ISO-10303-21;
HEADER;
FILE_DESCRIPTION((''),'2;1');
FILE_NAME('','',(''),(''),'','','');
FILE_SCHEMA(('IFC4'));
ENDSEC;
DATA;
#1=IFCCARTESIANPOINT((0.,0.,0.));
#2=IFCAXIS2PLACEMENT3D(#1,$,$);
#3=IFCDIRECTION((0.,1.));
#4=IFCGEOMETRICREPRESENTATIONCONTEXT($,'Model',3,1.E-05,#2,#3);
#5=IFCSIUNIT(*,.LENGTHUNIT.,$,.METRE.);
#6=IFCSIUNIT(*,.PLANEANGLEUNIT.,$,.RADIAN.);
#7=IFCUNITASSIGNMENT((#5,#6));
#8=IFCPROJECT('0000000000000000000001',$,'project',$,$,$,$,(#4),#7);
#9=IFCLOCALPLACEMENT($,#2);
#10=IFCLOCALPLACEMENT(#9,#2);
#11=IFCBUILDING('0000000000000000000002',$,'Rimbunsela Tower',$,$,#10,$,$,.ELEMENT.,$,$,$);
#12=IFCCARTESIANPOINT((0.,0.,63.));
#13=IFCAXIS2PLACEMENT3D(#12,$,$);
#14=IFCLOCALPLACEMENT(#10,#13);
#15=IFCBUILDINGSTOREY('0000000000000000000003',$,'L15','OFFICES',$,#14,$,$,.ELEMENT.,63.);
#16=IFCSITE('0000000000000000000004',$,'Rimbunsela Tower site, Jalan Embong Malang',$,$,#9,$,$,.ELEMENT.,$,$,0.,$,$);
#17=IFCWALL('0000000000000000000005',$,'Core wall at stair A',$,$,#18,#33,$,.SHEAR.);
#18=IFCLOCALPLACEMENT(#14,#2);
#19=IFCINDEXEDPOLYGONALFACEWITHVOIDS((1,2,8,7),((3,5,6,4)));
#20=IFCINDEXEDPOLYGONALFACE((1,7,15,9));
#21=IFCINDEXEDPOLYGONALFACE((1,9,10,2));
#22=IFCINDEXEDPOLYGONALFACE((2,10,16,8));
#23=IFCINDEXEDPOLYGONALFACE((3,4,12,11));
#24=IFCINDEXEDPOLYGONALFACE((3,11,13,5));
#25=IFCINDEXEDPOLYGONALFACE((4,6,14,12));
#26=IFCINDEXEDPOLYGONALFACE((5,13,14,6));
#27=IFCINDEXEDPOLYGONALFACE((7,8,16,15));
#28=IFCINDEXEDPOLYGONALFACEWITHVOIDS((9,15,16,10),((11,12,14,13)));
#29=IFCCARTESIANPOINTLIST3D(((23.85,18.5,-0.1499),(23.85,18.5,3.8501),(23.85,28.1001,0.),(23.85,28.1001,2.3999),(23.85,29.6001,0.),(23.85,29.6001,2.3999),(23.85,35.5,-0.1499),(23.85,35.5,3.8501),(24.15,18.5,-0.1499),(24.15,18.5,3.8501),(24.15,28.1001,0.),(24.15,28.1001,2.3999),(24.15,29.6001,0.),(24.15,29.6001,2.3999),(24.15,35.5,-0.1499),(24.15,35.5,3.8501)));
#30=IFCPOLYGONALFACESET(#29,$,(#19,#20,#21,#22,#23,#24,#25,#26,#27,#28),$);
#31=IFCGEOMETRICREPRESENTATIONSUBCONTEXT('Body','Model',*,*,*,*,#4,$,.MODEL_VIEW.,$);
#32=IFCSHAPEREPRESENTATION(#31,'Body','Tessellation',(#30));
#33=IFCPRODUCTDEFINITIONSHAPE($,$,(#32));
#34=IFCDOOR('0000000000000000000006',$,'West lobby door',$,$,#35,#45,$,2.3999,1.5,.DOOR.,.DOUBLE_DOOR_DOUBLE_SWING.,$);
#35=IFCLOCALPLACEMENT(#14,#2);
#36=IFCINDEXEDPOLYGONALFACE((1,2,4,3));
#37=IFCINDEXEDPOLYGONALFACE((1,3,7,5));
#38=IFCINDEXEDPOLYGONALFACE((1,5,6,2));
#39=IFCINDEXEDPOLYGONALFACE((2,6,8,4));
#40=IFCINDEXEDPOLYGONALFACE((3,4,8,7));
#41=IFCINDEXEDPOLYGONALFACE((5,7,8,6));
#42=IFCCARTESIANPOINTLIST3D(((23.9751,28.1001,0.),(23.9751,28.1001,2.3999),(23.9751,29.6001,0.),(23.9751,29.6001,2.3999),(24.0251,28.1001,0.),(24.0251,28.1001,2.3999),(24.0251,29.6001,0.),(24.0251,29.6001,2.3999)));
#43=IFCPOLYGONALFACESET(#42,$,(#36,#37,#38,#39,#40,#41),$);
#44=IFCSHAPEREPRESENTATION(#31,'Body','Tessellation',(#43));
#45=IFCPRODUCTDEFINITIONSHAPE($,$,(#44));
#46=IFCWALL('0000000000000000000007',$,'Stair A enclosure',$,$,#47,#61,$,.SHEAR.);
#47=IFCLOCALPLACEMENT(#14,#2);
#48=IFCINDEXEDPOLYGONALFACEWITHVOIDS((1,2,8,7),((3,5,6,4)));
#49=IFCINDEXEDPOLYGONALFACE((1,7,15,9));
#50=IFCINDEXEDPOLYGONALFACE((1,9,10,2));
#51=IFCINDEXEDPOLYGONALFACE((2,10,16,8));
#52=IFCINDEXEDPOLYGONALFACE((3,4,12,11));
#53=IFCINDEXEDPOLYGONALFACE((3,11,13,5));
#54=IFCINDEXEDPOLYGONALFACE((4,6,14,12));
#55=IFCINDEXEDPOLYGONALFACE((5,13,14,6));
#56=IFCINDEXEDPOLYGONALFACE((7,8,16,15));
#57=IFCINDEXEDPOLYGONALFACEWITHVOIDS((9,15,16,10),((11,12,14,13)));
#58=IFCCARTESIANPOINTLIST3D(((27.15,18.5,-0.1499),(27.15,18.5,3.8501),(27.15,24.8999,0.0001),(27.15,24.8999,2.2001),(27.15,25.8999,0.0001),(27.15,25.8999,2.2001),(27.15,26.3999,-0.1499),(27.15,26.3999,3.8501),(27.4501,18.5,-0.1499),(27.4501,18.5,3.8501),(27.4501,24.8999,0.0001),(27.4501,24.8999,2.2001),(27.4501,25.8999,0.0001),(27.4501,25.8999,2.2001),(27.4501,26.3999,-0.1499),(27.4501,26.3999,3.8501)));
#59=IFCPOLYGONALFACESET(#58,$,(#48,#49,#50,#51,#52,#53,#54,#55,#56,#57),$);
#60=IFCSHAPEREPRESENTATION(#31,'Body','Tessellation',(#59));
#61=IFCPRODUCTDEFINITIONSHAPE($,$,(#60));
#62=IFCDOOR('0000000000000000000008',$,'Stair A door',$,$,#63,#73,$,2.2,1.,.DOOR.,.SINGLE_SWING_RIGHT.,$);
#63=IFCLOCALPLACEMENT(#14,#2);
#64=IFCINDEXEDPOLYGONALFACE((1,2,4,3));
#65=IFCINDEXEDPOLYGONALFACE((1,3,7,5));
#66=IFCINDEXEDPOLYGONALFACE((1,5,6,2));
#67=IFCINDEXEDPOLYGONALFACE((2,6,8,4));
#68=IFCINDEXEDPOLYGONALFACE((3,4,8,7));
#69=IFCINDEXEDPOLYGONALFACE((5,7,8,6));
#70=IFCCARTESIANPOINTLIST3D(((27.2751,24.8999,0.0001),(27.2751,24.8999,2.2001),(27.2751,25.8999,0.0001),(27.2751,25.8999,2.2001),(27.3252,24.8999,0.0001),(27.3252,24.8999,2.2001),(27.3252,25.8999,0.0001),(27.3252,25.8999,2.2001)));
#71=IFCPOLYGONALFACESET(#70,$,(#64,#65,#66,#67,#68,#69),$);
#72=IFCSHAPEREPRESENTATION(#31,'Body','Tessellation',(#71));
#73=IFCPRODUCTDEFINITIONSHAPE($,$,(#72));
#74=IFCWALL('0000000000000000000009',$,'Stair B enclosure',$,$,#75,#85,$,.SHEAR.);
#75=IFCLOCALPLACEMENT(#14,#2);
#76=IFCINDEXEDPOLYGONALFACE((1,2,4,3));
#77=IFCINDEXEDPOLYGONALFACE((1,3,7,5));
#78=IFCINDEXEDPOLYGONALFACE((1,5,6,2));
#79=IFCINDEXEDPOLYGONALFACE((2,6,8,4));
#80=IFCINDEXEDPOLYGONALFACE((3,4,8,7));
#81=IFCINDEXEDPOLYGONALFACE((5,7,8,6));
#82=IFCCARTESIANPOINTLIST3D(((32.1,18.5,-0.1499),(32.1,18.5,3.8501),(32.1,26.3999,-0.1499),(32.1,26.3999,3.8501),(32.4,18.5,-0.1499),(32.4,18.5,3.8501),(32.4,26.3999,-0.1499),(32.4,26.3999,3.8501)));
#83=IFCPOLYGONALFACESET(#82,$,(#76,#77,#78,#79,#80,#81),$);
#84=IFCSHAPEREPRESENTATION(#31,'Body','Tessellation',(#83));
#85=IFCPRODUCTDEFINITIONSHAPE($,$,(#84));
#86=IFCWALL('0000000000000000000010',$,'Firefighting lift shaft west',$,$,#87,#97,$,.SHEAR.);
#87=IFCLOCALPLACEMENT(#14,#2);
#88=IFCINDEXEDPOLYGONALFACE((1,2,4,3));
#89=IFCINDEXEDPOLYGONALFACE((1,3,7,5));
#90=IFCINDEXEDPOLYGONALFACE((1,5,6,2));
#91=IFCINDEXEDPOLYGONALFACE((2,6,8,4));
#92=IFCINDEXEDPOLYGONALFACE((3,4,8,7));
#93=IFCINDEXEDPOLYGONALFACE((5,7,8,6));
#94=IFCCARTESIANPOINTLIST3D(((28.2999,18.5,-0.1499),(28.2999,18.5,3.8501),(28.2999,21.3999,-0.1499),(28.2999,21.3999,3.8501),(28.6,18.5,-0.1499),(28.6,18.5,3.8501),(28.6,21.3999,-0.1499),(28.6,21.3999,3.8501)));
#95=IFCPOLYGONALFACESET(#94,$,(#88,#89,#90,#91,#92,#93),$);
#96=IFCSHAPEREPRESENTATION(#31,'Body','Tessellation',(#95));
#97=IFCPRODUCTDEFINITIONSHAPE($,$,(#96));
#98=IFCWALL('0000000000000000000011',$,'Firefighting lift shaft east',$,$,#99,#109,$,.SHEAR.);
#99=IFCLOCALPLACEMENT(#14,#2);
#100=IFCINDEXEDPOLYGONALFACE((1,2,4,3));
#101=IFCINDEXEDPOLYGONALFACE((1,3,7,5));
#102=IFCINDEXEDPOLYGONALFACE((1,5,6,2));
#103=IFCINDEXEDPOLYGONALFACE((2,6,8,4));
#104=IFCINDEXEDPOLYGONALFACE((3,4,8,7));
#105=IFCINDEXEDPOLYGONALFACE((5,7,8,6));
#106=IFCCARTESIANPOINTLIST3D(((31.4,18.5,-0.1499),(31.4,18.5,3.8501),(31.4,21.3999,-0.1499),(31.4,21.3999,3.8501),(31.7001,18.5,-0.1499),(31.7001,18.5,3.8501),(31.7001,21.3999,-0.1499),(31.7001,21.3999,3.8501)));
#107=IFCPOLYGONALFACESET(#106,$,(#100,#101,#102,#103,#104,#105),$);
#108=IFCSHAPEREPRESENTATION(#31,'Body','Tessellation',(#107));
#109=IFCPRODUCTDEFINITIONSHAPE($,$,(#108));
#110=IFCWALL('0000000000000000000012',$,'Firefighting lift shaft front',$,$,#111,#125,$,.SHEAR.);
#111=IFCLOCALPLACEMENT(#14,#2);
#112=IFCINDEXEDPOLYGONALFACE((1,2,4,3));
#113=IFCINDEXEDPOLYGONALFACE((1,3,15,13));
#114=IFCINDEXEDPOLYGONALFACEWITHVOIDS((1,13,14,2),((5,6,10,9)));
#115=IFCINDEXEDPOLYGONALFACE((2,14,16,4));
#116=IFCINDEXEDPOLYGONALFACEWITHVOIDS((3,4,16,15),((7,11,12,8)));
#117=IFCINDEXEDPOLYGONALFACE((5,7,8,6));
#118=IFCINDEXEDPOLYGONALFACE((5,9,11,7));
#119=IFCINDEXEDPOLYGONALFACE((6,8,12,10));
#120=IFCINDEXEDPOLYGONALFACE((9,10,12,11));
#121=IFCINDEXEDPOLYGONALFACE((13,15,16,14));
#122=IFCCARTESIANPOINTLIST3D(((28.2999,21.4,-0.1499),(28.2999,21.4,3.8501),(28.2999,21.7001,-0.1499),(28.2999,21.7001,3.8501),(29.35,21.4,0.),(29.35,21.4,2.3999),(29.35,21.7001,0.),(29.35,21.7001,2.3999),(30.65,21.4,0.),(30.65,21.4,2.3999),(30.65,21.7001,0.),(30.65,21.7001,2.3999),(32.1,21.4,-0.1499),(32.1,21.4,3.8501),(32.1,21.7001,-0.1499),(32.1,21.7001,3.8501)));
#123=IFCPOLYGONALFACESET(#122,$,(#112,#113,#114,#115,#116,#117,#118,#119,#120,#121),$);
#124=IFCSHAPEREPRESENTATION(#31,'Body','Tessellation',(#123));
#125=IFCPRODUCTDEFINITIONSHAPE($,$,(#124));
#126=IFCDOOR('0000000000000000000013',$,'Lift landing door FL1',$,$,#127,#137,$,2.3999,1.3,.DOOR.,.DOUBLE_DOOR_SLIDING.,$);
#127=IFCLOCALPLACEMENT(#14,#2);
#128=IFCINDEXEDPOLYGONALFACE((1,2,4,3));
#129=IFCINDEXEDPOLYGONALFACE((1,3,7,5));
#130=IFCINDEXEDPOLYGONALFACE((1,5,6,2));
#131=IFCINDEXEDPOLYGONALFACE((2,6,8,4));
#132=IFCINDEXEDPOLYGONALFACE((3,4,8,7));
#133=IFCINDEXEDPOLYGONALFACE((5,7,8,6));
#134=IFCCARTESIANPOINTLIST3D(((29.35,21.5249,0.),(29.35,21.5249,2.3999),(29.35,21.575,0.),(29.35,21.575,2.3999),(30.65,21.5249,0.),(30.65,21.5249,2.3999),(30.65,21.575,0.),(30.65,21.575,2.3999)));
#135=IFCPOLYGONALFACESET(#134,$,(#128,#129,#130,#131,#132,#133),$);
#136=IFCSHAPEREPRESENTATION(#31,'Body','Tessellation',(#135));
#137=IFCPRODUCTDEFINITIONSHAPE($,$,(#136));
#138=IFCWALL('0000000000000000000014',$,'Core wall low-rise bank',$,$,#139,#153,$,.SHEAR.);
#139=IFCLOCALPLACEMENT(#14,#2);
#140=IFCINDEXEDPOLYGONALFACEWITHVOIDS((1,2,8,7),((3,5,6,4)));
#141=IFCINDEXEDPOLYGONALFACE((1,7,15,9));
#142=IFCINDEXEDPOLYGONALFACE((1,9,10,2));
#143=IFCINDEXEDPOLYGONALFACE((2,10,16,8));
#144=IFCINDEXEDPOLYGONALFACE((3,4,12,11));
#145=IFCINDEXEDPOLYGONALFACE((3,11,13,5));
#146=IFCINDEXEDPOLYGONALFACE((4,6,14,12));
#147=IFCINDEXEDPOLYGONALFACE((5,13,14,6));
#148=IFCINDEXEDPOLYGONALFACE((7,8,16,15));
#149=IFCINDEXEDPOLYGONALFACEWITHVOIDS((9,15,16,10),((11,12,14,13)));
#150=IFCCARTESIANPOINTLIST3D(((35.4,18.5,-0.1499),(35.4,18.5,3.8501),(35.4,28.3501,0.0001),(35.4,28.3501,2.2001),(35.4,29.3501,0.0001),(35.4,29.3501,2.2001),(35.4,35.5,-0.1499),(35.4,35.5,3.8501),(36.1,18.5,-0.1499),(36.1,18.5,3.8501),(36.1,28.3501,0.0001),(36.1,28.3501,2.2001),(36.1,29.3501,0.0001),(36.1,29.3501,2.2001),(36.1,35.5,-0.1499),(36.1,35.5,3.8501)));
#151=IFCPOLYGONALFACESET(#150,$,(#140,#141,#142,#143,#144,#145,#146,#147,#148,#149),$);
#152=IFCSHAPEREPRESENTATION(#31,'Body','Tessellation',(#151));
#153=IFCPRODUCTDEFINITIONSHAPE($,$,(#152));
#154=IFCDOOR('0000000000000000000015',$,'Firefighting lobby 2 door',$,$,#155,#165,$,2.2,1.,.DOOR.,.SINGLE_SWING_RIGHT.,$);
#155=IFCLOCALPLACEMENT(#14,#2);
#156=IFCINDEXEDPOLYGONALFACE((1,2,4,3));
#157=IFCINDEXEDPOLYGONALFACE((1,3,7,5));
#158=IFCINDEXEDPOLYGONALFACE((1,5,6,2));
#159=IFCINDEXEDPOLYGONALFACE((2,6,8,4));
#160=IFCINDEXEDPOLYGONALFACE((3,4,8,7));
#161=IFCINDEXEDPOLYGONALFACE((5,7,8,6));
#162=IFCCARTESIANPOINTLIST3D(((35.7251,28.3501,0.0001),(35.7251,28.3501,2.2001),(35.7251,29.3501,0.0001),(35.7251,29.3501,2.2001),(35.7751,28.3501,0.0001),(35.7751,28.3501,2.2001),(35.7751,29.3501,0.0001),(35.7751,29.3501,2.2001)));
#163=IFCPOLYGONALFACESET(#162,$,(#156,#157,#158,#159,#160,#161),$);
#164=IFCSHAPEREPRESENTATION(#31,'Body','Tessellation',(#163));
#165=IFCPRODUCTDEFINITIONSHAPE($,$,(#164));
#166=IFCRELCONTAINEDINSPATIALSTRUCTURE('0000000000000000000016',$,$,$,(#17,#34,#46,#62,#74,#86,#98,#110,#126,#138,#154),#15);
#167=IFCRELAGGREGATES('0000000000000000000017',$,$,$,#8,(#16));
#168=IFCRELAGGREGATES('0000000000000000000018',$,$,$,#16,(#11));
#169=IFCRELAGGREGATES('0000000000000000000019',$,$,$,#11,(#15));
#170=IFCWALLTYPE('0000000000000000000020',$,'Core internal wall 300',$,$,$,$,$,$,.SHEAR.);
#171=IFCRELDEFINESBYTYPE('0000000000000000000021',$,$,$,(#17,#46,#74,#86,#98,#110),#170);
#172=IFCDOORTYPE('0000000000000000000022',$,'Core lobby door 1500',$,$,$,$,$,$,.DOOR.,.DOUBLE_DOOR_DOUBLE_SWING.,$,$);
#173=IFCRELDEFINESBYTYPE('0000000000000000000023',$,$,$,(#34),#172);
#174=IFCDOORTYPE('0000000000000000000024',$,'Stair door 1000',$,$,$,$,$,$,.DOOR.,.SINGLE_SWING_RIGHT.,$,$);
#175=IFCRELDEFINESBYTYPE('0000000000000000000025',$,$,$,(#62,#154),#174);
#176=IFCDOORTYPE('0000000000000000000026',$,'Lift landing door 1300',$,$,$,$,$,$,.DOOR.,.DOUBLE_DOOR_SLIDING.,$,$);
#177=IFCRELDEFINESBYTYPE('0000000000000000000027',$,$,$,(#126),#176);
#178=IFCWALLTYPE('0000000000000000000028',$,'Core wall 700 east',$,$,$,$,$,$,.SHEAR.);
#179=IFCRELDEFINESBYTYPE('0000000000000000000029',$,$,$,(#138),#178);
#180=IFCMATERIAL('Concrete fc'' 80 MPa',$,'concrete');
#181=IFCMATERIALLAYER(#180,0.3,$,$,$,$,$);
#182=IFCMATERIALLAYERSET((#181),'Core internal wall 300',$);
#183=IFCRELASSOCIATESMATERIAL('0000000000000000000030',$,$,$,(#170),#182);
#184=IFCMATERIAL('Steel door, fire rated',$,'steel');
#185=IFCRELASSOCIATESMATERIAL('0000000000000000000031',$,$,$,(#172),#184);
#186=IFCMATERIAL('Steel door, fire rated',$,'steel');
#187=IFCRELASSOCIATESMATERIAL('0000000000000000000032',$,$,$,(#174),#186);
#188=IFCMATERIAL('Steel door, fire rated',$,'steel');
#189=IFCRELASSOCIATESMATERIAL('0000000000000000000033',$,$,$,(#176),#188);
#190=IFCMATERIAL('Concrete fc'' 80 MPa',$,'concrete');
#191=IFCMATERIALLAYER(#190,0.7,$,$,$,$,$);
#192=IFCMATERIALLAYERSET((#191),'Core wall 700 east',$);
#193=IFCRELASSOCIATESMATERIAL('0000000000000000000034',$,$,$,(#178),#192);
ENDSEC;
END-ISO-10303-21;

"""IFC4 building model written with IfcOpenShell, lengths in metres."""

from ifc_helpers import new_model, si_unit, direction, frame, frame_2d, origin, place, context, subcontext, project, spatial, rectangle, extrude, material, layer, layer_set, type_object, element, fill, save


model = new_model("IFC4")

# Units and contexts
model_context = context("Model", 3, precision=1e-05, world=origin(), true_north=direction((0.0, 1.0)))
body_context = subcontext(model_context, "Body", "Model", "MODEL_VIEW")
ifc_project = project(units=[si_unit("LENGTHUNIT", "METRE"), si_unit("PLANEANGLEUNIT", "RADIAN")], contexts=[model_context])

# Site, building, storey
site_placement = place(None, origin())
site = spatial("IfcSite", under=ifc_project, at=site_placement, Name="Rimbunsela Tower site, Jalan Embong Malang", CompositionType="ELEMENT", RefElevation=0.0)
building_placement = place(site_placement, origin())
building = spatial("IfcBuilding", under=site, at=building_placement, Name="Rimbunsela Tower", CompositionType="ELEMENT")
storey_placement = place(building_placement, frame((0.0, 0.0, 63.0)))
storey = spatial("IfcBuildingStorey", under=building, at=storey_placement, Name="L15", Description="OFFICES", CompositionType="ELEMENT", Elevation=63.0)

# Walls, openings, doors
ifc_material_1 = material(Name="Concrete fc' 80 MPa", Category="concrete")
ifc_layer_1 = layer(ifc_material_1, 0.3)
ifc_layer_set_1 = layer_set([ifc_layer_1], Name="Core internal wall 300")
wall_type_1 = type_object("IfcWallType", Name="Core internal wall 300", PredefinedType="SHEAR", material=ifc_layer_set_1)
wall_1_placement = place(storey_placement, frame((24.0, 18.5, -0.1499), z_axis=(0.0, 0.0, 1.0), x_axis=(0.0, 1.0, 0.0)))
wall_1 = element("IfcWall", 1, at=wall_1_placement, inside=storey, type_object=wall_type_1, Name="Core wall at stair A", PredefinedType="SHEAR", context=body_context, shape_type="SweptSolid", body=[
    extrude(rectangle(XDim=17.0, YDim=0.3, at=frame_2d((8.5, 0.0))), origin(), (0.0, 0.0, 1.0), 4.0),
])
opening_1_placement = place(wall_1_placement, frame((9.6001, 0.0, 0.1499)))
opening_1 = element("IfcOpeningElement", 2, at=opening_1_placement, cuts=wall_1, PredefinedType="OPENING", context=body_context, shape_type="SweptSolid", body=[
    extrude(rectangle(XDim=1.5, YDim=2.3999, at=frame_2d((0.75, 1.2))), frame((0.0, 0.1599, 0.0), z_axis=(0.0, -1.0, 0.0), x_axis=(1.0, 0.0, 0.0)), (0.0, 0.0, 1.0), 0.3201),
])
ifc_material_2 = material(Name="Steel door, fire rated", Category="steel")
door_type_1 = type_object("IfcDoorType", Name="Core lobby door 1500", OperationType="DOUBLE_DOOR_DOUBLE_SWING", PredefinedType="DOOR", material=ifc_material_2)
door_1_placement = place(opening_1_placement, origin())
door_1 = element("IfcDoor", 3, at=door_1_placement, inside=storey, type_object=door_type_1, Name="West lobby door", OperationType="DOUBLE_DOOR_DOUBLE_SWING", OverallHeight=2.3999, OverallWidth=1.5, PredefinedType="DOOR", context=body_context, shape_type="SweptSolid", body=[
    extrude(rectangle(XDim=1.5, YDim=2.3999, at=frame_2d((0.75, 1.2))), frame((0.0, 0.0249, 0.0), z_axis=(0.0, -1.0, 0.0), x_axis=(1.0, 0.0, 0.0)), (0.0, 0.0, 1.0), 0.05),
])
fill(opening_1, door_1)
wall_2_placement = place(storey_placement, frame((27.3, 18.5, -0.1499), z_axis=(0.0, 0.0, 1.0), x_axis=(0.0, 1.0, 0.0)))
wall_2 = element("IfcWall", 4, at=wall_2_placement, inside=storey, type_object=wall_type_1, Name="Stair A enclosure", PredefinedType="SHEAR", context=body_context, shape_type="SweptSolid", body=[
    extrude(rectangle(XDim=7.8999, YDim=0.3, at=frame_2d((3.95, 0.0))), origin(), (0.0, 0.0, 1.0), 4.0),
])
opening_2_placement = place(wall_2_placement, frame((6.3999, 0.0, 0.1499)))
opening_2 = element("IfcOpeningElement", 5, at=opening_2_placement, cuts=wall_2, PredefinedType="OPENING", context=body_context, shape_type="SweptSolid", body=[
    extrude(rectangle(XDim=1.0, YDim=2.2, at=frame_2d((0.5, 1.1001))), frame((0.0, 0.1599, 0.0), z_axis=(0.0, -1.0, 0.0), x_axis=(1.0, 0.0, 0.0)), (0.0, 0.0, 1.0), 0.3201),
])
ifc_material_3 = material(Name="Steel door, fire rated", Category="steel")
door_type_2 = type_object("IfcDoorType", Name="Stair door 1000", OperationType="SINGLE_SWING_RIGHT", PredefinedType="DOOR", material=ifc_material_3)
door_2_placement = place(opening_2_placement, origin())
door_2 = element("IfcDoor", 6, at=door_2_placement, inside=storey, type_object=door_type_2, Name="Stair A door", OperationType="SINGLE_SWING_RIGHT", OverallHeight=2.2, OverallWidth=1.0, PredefinedType="DOOR", context=body_context, shape_type="SweptSolid", body=[
    extrude(rectangle(XDim=1.0, YDim=2.2, at=frame_2d((0.5, 1.1001))), frame((0.0, 0.0249, 0.0), z_axis=(0.0, -1.0, 0.0), x_axis=(1.0, 0.0, 0.0)), (0.0, 0.0, 1.0), 0.05),
])
fill(opening_2, door_2)

# Walls
wall_3_placement = place(storey_placement, frame((32.25, 18.5, -0.1499), z_axis=(0.0, 0.0, 1.0), x_axis=(0.0, 1.0, 0.0)))
element("IfcWall", 7, at=wall_3_placement, inside=storey, type_object=wall_type_1, Name="Stair B enclosure", PredefinedType="SHEAR", context=body_context, shape_type="SweptSolid", body=[
    extrude(rectangle(XDim=7.8999, YDim=0.3, at=frame_2d((3.95, 0.0))), origin(), (0.0, 0.0, 1.0), 4.0),
])
for number, where, z_axis, x_axis, name in (
    (8, (28.45, 18.5, -0.1499), (0.0, 0.0, 1.0), (0.0, 1.0, 0.0), "Firefighting lift shaft west"),
    (9, (31.55, 18.5, -0.1499), (0.0, 0.0, 1.0), (0.0, 1.0, 0.0), "Firefighting lift shaft east"),
):
    element("IfcWall", number, at=place(storey_placement, frame(where, z_axis=z_axis, x_axis=x_axis)), inside=storey, type_object=wall_type_1, Name=name, PredefinedType="SHEAR", context=body_context, shape_type="SweptSolid", body=[
        extrude(rectangle(XDim=2.8999, YDim=0.3, at=frame_2d((1.45, 0.0))), origin(), (0.0, 0.0, 1.0), 4.0),
    ])

# Walls, openings, doors
wall_4_placement = place(storey_placement, frame((28.3, 21.55, -0.1499), z_axis=(0.0, 0.0, 1.0), x_axis=(1.0, 0.0, 0.0)))
wall_4 = element("IfcWall", 10, at=wall_4_placement, inside=storey, type_object=wall_type_1, Name="Firefighting lift shaft front", PredefinedType="SHEAR", context=body_context, shape_type="SweptSolid", body=[
    extrude(rectangle(XDim=3.8, YDim=0.3, at=frame_2d((1.8999, 0.0))), origin(), (0.0, 0.0, 1.0), 4.0),
])
opening_3_placement = place(wall_4_placement, frame((1.05, 0.0, 0.1499)))
opening_3 = element("IfcOpeningElement", 11, at=opening_3_placement, cuts=wall_4, PredefinedType="OPENING", context=body_context, shape_type="SweptSolid", body=[
    extrude(rectangle(XDim=1.3, YDim=2.3999, at=frame_2d((0.6499, 1.2))), frame((0.0, 0.1599, 0.0), z_axis=(0.0, -1.0, 0.0), x_axis=(1.0, 0.0, 0.0)), (0.0, 0.0, 1.0), 0.3201),
])
ifc_material_4 = material(Name="Steel door, fire rated", Category="steel")
door_type_3 = type_object("IfcDoorType", Name="Lift landing door 1300", OperationType="DOUBLE_DOOR_SLIDING", PredefinedType="DOOR", material=ifc_material_4)
door_3_placement = place(opening_3_placement, origin())
door_3 = element("IfcDoor", 12, at=door_3_placement, inside=storey, type_object=door_type_3, Name="Lift landing door FL1", OperationType="DOUBLE_DOOR_SLIDING", OverallHeight=2.3999, OverallWidth=1.3, PredefinedType="DOOR", context=body_context, shape_type="SweptSolid", body=[
    extrude(rectangle(XDim=1.3, YDim=2.3999, at=frame_2d((0.6499, 1.2))), frame((0.0, 0.0249, 0.0), z_axis=(0.0, -1.0, 0.0), x_axis=(1.0, 0.0, 0.0)), (0.0, 0.0, 1.0), 0.05),
])
fill(opening_3, door_3)
ifc_material_5 = material(Name="Concrete fc' 80 MPa", Category="concrete")
ifc_layer_2 = layer(ifc_material_5, 0.7)
ifc_layer_set_2 = layer_set([ifc_layer_2], Name="Core wall 700 east")
wall_type_2 = type_object("IfcWallType", Name="Core wall 700 east", PredefinedType="SHEAR", material=ifc_layer_set_2)
wall_5_placement = place(storey_placement, frame((35.75, 18.5, -0.1499), z_axis=(0.0, 0.0, 1.0), x_axis=(0.0, 1.0, 0.0)))
wall_5 = element("IfcWall", 13, at=wall_5_placement, inside=storey, type_object=wall_type_2, Name="Core wall low-rise bank", PredefinedType="SHEAR", context=body_context, shape_type="SweptSolid", body=[
    extrude(rectangle(XDim=17.0, YDim=0.7, at=frame_2d((8.5, 0.0))), origin(), (0.0, 0.0, 1.0), 4.0),
])
opening_4_placement = place(wall_5_placement, frame((9.8501, 0.0, 0.1499)))
opening_4 = element("IfcOpeningElement", 14, at=opening_4_placement, cuts=wall_5, PredefinedType="OPENING", context=body_context, shape_type="SweptSolid", body=[
    extrude(rectangle(XDim=1.0, YDim=2.2, at=frame_2d((0.5, 1.1001))), frame((0.0, 0.3599, 0.0), z_axis=(0.0, -1.0, 0.0), x_axis=(1.0, 0.0, 0.0)), (0.0, 0.0, 1.0), 0.72),
])
door_4_placement = place(opening_4_placement, origin())
door_4 = element("IfcDoor", 15, at=door_4_placement, inside=storey, type_object=door_type_2, Name="Firefighting lobby 2 door", OperationType="SINGLE_SWING_RIGHT", OverallHeight=2.2, OverallWidth=1.0, PredefinedType="DOOR", context=body_context, shape_type="SweptSolid", body=[
    extrude(rectangle(XDim=1.0, YDim=2.2, at=frame_2d((0.5, 1.1001))), frame((0.0, 0.0249, 0.0), z_axis=(0.0, -1.0, 0.0), x_axis=(1.0, 0.0, 0.0)), (0.0, 0.0, 1.0), 0.05),
])
fill(opening_4, door_4)

save(model, "model.ifc")
